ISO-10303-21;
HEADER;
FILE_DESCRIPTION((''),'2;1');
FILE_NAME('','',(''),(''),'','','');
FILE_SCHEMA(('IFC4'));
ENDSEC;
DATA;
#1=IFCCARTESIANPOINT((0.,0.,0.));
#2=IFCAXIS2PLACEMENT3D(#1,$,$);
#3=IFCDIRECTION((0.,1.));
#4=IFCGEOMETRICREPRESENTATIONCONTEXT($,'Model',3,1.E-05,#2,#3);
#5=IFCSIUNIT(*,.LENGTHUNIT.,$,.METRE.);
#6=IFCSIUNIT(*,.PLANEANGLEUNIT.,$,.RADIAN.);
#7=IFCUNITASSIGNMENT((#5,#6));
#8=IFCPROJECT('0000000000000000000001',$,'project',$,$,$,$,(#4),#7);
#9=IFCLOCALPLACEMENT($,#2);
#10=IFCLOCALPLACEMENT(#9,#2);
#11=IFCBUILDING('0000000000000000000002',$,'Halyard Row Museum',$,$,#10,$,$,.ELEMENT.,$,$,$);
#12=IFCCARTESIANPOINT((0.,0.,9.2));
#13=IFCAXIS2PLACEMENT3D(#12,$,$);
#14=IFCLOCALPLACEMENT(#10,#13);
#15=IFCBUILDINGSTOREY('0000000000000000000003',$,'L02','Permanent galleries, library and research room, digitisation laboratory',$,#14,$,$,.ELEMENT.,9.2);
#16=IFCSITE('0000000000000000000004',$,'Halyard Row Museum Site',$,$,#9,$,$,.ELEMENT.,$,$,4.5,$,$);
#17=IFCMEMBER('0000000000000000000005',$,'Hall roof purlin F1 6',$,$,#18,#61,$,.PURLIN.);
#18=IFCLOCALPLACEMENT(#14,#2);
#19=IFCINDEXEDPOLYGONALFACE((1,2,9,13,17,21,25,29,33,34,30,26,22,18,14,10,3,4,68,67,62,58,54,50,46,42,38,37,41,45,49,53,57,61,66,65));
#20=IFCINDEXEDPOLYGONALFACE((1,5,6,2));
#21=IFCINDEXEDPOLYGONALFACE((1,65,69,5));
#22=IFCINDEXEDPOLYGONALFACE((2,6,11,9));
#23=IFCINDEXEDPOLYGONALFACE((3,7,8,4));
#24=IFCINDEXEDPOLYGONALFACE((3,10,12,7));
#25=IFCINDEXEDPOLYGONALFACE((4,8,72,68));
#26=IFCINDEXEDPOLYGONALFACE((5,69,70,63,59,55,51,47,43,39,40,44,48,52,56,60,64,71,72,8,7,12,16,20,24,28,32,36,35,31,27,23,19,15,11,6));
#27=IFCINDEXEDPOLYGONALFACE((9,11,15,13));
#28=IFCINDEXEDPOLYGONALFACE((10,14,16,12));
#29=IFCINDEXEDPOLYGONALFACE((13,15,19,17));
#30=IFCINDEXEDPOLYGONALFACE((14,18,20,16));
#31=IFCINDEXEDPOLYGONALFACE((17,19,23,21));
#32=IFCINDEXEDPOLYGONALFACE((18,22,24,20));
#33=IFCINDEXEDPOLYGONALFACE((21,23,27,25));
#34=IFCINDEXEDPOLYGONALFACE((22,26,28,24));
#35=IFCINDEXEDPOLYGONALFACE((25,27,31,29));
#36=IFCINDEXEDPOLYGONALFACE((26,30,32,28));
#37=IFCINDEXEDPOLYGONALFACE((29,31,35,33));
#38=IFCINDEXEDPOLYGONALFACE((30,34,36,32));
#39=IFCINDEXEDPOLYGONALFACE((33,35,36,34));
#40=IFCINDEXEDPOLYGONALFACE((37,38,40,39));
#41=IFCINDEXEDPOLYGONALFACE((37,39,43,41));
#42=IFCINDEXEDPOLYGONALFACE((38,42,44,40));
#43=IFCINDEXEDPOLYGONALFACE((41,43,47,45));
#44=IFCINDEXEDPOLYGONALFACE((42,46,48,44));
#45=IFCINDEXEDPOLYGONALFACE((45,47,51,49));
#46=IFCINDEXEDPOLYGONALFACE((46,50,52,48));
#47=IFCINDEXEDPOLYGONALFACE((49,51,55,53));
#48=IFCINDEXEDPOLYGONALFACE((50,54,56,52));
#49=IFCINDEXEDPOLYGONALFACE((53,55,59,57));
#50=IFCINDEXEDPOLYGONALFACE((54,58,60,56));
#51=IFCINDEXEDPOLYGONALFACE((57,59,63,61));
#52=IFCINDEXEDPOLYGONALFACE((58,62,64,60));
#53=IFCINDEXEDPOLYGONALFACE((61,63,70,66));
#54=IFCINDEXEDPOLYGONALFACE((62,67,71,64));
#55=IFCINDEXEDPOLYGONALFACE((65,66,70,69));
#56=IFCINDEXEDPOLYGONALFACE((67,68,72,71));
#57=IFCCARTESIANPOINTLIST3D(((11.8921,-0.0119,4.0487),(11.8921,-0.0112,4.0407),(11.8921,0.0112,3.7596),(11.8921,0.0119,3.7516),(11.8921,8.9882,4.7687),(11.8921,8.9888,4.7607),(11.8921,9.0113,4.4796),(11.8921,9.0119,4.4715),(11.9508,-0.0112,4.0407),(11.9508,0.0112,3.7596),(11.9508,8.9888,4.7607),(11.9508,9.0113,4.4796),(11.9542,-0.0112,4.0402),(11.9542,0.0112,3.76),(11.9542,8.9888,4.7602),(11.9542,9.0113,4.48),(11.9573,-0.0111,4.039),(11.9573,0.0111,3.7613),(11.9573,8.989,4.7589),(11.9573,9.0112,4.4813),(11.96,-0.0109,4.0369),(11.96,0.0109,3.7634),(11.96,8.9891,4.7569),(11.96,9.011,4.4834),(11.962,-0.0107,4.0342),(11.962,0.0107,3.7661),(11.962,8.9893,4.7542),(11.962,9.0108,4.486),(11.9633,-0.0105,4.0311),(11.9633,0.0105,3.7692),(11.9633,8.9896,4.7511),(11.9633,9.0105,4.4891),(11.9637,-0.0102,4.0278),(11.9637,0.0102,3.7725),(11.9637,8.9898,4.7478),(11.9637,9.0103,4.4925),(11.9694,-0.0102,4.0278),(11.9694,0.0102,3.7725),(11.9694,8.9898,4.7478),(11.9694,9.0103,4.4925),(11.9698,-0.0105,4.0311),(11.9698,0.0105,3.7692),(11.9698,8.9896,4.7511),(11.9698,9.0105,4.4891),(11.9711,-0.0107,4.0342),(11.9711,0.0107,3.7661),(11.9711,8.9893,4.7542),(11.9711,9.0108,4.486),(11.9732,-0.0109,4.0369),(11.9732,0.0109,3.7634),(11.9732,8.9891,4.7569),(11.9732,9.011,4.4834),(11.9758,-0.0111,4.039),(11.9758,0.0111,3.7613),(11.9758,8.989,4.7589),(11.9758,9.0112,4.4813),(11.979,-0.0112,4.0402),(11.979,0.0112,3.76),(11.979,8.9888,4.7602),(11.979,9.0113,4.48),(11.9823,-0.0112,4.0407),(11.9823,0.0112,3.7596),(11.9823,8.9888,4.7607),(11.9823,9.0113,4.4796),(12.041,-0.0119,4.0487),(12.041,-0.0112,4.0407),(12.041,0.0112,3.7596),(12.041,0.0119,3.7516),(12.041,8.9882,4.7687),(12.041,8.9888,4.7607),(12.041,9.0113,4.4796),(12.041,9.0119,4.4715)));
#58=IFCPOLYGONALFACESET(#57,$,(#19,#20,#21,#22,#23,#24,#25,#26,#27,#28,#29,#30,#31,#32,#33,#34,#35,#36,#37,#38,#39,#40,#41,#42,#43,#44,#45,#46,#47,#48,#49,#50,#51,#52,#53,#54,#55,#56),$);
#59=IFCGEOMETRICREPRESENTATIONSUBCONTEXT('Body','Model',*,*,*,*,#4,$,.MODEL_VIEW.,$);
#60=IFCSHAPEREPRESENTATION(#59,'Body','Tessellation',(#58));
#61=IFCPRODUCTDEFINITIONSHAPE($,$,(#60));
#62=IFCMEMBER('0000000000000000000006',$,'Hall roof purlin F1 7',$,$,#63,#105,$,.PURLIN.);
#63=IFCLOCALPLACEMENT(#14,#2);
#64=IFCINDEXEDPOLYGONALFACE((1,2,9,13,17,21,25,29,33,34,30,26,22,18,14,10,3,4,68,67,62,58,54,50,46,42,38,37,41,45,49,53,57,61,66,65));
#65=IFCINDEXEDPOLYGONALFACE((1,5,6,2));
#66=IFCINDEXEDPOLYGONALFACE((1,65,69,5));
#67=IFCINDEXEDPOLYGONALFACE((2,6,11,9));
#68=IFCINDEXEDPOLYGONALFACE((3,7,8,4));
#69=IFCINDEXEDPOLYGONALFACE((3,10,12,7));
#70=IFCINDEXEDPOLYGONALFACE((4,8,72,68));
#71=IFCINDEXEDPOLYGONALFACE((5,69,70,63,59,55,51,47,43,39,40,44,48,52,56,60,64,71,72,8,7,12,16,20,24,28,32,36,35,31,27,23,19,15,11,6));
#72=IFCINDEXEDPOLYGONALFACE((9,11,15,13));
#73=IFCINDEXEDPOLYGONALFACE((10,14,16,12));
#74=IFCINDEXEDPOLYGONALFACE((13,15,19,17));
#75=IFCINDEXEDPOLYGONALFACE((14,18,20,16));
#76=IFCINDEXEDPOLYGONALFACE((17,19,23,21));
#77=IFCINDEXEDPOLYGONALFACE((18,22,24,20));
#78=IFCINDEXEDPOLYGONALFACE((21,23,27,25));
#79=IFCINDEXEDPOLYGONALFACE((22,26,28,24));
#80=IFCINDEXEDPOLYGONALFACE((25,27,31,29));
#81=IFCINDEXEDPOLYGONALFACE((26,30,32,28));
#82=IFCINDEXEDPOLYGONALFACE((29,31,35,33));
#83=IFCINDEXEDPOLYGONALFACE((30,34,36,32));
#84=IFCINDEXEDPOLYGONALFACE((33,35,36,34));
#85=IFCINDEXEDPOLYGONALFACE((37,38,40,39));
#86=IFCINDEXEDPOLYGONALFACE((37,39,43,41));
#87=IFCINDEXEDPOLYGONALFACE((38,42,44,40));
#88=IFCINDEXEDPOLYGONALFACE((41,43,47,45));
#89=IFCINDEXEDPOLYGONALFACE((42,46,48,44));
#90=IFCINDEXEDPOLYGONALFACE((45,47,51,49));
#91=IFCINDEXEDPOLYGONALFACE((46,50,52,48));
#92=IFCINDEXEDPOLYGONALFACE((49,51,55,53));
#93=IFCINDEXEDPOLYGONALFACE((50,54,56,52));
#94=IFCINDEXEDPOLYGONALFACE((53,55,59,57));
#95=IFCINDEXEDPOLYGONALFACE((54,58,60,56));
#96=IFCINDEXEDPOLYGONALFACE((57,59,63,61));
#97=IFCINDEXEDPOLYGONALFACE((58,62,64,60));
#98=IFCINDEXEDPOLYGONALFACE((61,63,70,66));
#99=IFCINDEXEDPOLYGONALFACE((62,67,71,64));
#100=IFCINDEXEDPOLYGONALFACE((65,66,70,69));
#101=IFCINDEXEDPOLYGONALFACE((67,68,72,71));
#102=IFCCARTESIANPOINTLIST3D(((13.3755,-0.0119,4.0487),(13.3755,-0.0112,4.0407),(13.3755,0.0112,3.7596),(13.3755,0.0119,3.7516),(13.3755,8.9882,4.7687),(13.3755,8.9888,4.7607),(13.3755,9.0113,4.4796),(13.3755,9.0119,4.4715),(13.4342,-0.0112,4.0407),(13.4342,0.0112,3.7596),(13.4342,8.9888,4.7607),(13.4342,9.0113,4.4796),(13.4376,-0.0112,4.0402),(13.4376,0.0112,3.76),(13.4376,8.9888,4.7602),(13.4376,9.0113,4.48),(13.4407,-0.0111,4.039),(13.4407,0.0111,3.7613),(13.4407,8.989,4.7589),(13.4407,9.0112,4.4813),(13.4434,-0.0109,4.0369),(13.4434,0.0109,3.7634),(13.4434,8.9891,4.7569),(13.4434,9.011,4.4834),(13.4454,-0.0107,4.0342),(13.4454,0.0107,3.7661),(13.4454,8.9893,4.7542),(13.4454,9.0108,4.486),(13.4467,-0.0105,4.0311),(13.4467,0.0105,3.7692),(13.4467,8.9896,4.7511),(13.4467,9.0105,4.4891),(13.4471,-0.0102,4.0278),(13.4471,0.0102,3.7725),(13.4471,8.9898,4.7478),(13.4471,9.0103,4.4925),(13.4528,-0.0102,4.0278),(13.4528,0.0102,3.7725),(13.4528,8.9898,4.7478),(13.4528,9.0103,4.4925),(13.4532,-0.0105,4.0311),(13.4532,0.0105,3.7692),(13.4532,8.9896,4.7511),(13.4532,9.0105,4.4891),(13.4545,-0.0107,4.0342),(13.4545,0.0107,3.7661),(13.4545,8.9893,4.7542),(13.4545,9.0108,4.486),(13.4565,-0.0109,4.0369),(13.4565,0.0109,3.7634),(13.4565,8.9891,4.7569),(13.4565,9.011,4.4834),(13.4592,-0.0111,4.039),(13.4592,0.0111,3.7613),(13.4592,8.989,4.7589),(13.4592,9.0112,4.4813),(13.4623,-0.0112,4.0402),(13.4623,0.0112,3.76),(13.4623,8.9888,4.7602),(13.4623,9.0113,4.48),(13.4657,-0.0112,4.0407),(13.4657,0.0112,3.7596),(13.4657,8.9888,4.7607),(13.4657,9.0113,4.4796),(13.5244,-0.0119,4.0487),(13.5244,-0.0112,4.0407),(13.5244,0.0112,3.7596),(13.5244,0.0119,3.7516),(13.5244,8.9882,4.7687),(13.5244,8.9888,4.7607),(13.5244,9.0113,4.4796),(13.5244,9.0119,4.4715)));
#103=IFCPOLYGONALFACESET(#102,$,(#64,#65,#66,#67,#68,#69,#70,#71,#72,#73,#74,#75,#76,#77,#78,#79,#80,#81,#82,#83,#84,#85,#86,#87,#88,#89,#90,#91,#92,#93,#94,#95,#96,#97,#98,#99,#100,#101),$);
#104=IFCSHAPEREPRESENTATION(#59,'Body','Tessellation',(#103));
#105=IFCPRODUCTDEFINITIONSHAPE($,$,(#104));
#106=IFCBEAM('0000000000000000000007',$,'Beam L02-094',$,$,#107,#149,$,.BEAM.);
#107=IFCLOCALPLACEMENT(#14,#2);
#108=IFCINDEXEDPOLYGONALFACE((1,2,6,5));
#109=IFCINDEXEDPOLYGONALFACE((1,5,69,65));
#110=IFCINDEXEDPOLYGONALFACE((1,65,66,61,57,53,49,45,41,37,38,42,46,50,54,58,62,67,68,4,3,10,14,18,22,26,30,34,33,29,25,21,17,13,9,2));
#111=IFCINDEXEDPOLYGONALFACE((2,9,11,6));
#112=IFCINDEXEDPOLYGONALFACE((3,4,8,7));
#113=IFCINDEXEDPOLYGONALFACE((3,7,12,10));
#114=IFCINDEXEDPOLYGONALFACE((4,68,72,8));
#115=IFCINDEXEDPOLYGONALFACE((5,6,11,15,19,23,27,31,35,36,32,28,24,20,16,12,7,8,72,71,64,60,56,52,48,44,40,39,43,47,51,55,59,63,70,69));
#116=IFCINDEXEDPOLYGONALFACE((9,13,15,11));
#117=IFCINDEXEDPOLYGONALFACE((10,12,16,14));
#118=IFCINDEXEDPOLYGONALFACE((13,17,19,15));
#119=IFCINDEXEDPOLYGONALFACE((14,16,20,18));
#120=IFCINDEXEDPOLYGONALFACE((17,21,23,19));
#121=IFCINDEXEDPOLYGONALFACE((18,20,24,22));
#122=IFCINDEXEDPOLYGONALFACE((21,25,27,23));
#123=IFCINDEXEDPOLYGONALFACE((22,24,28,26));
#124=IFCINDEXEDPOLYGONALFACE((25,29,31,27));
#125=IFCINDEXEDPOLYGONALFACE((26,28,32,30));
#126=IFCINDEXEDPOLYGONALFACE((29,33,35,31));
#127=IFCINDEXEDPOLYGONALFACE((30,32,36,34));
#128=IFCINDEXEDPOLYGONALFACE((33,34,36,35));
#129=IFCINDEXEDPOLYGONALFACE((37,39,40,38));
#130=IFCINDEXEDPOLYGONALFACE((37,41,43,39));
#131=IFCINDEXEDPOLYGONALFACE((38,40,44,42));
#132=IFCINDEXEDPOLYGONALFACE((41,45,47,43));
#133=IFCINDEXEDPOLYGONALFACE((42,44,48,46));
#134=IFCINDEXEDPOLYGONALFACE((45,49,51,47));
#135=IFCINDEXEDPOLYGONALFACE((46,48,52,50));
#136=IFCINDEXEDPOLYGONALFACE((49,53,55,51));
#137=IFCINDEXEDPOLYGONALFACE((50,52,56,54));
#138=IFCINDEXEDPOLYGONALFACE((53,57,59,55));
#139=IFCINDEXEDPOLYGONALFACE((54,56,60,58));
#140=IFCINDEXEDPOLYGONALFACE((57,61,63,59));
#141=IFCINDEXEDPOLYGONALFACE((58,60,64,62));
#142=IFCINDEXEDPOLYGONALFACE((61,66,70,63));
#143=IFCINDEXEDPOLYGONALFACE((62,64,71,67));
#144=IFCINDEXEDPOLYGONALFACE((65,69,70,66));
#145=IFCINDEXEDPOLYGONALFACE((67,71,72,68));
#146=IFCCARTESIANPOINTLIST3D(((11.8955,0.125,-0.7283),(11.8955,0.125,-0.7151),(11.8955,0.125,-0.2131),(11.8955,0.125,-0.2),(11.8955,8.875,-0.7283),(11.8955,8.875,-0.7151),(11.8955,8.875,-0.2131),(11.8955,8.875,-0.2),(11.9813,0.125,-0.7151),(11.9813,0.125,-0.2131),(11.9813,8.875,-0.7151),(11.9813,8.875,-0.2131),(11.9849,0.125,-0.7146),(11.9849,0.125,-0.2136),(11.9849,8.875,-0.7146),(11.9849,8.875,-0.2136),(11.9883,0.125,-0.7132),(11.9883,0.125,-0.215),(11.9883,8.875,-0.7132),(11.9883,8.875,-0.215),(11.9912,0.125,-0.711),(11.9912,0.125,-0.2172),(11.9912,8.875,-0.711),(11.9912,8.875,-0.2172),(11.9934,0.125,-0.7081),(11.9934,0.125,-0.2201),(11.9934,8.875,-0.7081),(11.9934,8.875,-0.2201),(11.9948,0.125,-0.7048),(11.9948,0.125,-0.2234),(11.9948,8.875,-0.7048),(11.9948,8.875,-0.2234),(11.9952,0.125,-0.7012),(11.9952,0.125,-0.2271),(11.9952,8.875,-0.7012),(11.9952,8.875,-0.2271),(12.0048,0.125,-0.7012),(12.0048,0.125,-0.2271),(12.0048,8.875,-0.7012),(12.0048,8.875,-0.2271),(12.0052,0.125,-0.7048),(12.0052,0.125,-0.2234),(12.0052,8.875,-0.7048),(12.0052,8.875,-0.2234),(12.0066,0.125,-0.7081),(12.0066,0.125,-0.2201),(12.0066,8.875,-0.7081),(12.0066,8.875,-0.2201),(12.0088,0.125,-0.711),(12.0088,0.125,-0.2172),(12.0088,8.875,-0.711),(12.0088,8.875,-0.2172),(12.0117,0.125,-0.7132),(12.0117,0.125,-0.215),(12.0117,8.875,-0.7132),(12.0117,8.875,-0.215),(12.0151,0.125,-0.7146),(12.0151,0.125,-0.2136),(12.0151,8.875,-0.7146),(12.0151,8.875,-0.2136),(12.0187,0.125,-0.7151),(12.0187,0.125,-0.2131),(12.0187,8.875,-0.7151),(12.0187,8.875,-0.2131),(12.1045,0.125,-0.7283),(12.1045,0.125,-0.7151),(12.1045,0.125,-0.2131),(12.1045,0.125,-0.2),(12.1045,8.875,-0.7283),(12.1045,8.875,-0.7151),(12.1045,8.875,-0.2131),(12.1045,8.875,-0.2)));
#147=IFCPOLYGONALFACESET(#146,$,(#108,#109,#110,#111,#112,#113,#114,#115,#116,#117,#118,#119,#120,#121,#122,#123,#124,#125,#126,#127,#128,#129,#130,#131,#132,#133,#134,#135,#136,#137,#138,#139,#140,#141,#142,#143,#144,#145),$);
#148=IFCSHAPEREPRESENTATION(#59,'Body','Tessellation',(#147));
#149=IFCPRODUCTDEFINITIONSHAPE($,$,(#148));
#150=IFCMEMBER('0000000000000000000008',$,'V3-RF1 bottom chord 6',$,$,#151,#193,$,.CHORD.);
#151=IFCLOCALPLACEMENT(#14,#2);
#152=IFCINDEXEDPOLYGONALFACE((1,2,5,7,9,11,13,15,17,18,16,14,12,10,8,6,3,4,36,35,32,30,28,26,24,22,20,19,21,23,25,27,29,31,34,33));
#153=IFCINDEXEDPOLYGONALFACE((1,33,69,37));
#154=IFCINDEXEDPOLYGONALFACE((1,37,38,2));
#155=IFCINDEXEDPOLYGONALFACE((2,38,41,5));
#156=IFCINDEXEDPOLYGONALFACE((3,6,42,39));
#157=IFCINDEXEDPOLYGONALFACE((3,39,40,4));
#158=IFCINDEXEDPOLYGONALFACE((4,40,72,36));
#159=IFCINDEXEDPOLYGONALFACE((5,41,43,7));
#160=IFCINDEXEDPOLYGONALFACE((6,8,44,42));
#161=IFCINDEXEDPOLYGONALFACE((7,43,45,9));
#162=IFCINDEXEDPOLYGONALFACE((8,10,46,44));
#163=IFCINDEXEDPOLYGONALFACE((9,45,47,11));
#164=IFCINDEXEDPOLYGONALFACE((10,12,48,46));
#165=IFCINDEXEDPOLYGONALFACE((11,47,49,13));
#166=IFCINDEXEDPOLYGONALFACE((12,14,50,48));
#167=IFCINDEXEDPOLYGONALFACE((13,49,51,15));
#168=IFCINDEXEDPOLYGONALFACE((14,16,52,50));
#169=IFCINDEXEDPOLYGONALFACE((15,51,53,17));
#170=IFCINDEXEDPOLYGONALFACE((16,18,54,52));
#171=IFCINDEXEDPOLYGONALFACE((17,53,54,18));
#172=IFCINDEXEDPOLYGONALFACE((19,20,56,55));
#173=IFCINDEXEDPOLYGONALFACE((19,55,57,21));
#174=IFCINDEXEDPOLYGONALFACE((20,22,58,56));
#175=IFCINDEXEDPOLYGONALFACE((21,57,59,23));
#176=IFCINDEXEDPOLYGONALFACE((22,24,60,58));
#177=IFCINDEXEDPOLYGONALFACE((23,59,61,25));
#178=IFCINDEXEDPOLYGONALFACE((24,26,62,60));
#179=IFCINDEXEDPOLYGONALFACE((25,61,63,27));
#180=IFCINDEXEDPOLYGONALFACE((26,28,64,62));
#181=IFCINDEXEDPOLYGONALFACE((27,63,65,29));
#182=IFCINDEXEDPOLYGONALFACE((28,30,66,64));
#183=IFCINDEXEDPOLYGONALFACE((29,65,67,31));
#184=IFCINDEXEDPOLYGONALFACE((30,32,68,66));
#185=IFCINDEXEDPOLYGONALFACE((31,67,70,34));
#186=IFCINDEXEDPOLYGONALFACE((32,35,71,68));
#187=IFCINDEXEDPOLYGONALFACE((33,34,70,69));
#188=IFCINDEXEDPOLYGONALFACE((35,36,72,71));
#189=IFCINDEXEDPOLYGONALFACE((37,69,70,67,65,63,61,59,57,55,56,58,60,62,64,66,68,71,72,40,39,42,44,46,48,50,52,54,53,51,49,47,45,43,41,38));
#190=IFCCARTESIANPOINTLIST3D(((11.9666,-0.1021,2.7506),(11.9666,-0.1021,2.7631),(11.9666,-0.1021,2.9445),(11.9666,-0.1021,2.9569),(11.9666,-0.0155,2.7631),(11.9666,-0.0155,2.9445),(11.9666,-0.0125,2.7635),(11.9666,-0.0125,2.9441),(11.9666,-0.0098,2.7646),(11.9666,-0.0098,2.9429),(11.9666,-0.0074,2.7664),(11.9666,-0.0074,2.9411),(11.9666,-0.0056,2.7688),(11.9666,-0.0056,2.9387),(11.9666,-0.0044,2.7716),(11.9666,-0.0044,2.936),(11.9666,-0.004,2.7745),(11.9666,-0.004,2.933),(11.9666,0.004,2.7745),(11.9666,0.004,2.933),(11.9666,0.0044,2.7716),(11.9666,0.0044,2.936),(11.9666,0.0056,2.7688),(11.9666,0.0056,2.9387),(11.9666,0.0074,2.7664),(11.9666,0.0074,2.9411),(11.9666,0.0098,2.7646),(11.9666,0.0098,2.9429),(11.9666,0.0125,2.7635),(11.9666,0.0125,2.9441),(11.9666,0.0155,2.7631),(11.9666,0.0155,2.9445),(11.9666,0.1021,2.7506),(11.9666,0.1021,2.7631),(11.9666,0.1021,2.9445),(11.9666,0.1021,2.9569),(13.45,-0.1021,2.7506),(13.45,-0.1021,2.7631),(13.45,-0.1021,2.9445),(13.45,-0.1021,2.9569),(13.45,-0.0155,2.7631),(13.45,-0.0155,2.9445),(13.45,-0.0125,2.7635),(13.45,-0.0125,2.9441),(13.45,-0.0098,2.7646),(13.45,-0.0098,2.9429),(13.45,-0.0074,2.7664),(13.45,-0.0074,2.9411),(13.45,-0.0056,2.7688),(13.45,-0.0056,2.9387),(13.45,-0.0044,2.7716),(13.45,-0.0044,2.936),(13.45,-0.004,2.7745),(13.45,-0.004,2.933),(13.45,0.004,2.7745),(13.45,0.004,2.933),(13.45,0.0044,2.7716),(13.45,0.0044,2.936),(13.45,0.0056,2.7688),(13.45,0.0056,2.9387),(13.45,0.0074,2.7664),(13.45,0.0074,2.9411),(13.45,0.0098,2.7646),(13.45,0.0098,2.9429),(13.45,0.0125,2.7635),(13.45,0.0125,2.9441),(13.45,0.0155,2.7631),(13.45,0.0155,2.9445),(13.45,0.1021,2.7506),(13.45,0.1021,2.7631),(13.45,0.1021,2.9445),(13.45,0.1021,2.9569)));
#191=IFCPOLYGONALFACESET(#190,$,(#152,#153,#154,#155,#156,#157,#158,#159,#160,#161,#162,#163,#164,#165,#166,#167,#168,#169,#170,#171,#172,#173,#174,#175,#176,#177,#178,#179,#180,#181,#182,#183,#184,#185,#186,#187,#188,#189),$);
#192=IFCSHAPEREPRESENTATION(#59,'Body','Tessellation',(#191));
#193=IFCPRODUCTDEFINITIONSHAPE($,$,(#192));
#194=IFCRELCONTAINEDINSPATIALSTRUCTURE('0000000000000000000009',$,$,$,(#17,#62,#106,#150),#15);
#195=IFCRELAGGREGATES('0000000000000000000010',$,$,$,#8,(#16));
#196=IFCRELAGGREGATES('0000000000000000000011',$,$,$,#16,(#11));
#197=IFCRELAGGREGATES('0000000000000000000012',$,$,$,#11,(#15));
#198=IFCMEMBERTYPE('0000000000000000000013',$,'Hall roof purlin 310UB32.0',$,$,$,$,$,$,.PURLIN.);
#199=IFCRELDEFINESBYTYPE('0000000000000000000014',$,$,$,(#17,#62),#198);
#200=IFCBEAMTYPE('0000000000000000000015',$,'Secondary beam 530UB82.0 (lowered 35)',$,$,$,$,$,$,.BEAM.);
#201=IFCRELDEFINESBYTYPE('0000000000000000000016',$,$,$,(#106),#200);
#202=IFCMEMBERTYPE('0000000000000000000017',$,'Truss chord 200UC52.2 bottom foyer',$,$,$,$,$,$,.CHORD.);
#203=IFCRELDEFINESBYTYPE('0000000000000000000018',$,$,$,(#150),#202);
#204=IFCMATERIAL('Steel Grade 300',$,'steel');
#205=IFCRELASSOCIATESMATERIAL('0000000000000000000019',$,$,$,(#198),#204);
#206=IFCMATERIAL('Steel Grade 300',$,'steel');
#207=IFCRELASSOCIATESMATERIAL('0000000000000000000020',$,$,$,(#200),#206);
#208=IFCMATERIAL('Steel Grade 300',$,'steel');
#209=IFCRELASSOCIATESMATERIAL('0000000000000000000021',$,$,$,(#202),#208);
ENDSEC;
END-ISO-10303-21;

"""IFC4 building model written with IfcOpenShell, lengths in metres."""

from ifc_helpers import new_model, si_unit, direction, frame, origin, origin_2d, place, context, subcontext, project, spatial, i_section, extrude, material, material_profile, profile_set, type_object, element, save


model = new_model("IFC4")

# Units and contexts
model_context = context("Model", 3, precision=1e-05, world=origin(), true_north=direction((0.0, 1.0)))
body_context = subcontext(model_context, "Body", "Model", "MODEL_VIEW")
ifc_project = project(units=[si_unit("LENGTHUNIT", "METRE"), si_unit("PLANEANGLEUNIT", "RADIAN")], contexts=[model_context])

# Site, building, storey
site_placement = place(None, origin())
site = spatial("IfcSite", under=ifc_project, at=site_placement, Name="Halyard Row Museum Site", CompositionType="ELEMENT", RefElevation=4.5)
building_placement = place(site_placement, origin())
building = spatial("IfcBuilding", under=site, at=building_placement, Name="Halyard Row Museum", CompositionType="ELEMENT")
storey_placement = place(building_placement, frame((0.0, 0.0, 9.2)))
storey = spatial("IfcBuildingStorey", under=building, at=storey_placement, Name="L02", Description="Permanent galleries, library and research room, digitisation laboratory", CompositionType="ELEMENT", Elevation=9.2)

# Members
ifc_material_1 = material(Name="Steel Grade 300", Category="steel")
ifc_material_profile_1 = material_profile(ifc_material_1, i_section(OverallWidth=0.1489, OverallDepth=0.2981, WebThickness=0.0056, FlangeThickness=0.0081, FilletRadius=0.0129, at=origin_2d()), Name="310UB32.0")
ifc_profile_set_1 = profile_set([ifc_material_profile_1], Name="Steel Grade 300")
member_type_1 = type_object("IfcMemberType", Name="Hall roof purlin 310UB32.0", PredefinedType="PURLIN", material=ifc_profile_set_1)
for number, where, z_axis, x_axis, name in (
    (1, (11.9666, 0.0, 3.9001), (0.0, 0.996816, 0.079742), (-1.0, 0.0, 0.0), "Hall roof purlin F1 6"),
    (2, (13.45, 0.0, 3.9001), (0.0, 0.996816, 0.079742), (-1.0, 0.0, 0.0), "Hall roof purlin F1 7"),
):
    element("IfcMember", number, at=place(storey_placement, frame(where, z_axis=z_axis, x_axis=x_axis)), inside=storey, type_object=member_type_1, Name=name, PredefinedType="PURLIN", context=body_context, shape_type="SweptSolid", body=[
        extrude(i_section(OverallWidth=0.1489, OverallDepth=0.2981, WebThickness=0.0056, FlangeThickness=0.0081, FilletRadius=0.0129, at=origin_2d()), origin(), (0.0, 0.0, 1.0), 9.0288),
    ])

# Beam
ifc_material_2 = material(Name="Steel Grade 300", Category="steel")
ifc_material_profile_2 = material_profile(ifc_material_2, i_section(OverallWidth=0.209, OverallDepth=0.5283, WebThickness=0.0095, FlangeThickness=0.0132, FilletRadius=0.0139, at=origin_2d()), Name="530UB82.0")
ifc_profile_set_2 = profile_set([ifc_material_profile_2], Name="Steel Grade 300")
beam_type = type_object("IfcBeamType", Name="Secondary beam 530UB82.0 (lowered 35)", PredefinedType="BEAM", material=ifc_profile_set_2)
beam_placement = place(storey_placement, frame((12.0, 0.125, -0.4641), z_axis=(0.0, 1.0, 0.0), x_axis=(-1.0, 0.0, 0.0)))
element("IfcBeam", 3, at=beam_placement, inside=storey, type_object=beam_type, Name="Beam L02-094", PredefinedType="BEAM", context=body_context, shape_type="SweptSolid", body=[
    extrude(i_section(OverallWidth=0.209, OverallDepth=0.5283, WebThickness=0.0095, FlangeThickness=0.0132, FilletRadius=0.0139, at=origin_2d()), origin(), (0.0, 0.0, 1.0), 8.75),
])

# Member
ifc_material_3 = material(Name="Steel Grade 300", Category="steel")
ifc_material_profile_3 = material_profile(ifc_material_3, i_section(OverallWidth=0.2041, OverallDepth=0.2063, WebThickness=0.0081, FlangeThickness=0.0125, FilletRadius=0.0115, at=origin_2d()), Name="200UC52.2")
ifc_profile_set_3 = profile_set([ifc_material_profile_3], Name="Steel Grade 300")
member_type_2 = type_object("IfcMemberType", Name="Truss chord 200UC52.2 bottom foyer", PredefinedType="CHORD", material=ifc_profile_set_3)
member_1_placement = place(storey_placement, frame((11.9666, 0.0, 2.8538), z_axis=(1.0, 0.0, 0.0), x_axis=(0.0, 1.0, 0.0)))
element("IfcMember", 4, at=member_1_placement, inside=storey, type_object=member_type_2, Name="V3-RF1 bottom chord 6", PredefinedType="CHORD", context=body_context, shape_type="SweptSolid", body=[
    extrude(i_section(OverallWidth=0.2041, OverallDepth=0.2063, WebThickness=0.0081, FlangeThickness=0.0125, FilletRadius=0.0115, at=origin_2d()), origin(), (0.0, 0.0, 1.0), 1.4834),
])

save(model, "model.ifc")
